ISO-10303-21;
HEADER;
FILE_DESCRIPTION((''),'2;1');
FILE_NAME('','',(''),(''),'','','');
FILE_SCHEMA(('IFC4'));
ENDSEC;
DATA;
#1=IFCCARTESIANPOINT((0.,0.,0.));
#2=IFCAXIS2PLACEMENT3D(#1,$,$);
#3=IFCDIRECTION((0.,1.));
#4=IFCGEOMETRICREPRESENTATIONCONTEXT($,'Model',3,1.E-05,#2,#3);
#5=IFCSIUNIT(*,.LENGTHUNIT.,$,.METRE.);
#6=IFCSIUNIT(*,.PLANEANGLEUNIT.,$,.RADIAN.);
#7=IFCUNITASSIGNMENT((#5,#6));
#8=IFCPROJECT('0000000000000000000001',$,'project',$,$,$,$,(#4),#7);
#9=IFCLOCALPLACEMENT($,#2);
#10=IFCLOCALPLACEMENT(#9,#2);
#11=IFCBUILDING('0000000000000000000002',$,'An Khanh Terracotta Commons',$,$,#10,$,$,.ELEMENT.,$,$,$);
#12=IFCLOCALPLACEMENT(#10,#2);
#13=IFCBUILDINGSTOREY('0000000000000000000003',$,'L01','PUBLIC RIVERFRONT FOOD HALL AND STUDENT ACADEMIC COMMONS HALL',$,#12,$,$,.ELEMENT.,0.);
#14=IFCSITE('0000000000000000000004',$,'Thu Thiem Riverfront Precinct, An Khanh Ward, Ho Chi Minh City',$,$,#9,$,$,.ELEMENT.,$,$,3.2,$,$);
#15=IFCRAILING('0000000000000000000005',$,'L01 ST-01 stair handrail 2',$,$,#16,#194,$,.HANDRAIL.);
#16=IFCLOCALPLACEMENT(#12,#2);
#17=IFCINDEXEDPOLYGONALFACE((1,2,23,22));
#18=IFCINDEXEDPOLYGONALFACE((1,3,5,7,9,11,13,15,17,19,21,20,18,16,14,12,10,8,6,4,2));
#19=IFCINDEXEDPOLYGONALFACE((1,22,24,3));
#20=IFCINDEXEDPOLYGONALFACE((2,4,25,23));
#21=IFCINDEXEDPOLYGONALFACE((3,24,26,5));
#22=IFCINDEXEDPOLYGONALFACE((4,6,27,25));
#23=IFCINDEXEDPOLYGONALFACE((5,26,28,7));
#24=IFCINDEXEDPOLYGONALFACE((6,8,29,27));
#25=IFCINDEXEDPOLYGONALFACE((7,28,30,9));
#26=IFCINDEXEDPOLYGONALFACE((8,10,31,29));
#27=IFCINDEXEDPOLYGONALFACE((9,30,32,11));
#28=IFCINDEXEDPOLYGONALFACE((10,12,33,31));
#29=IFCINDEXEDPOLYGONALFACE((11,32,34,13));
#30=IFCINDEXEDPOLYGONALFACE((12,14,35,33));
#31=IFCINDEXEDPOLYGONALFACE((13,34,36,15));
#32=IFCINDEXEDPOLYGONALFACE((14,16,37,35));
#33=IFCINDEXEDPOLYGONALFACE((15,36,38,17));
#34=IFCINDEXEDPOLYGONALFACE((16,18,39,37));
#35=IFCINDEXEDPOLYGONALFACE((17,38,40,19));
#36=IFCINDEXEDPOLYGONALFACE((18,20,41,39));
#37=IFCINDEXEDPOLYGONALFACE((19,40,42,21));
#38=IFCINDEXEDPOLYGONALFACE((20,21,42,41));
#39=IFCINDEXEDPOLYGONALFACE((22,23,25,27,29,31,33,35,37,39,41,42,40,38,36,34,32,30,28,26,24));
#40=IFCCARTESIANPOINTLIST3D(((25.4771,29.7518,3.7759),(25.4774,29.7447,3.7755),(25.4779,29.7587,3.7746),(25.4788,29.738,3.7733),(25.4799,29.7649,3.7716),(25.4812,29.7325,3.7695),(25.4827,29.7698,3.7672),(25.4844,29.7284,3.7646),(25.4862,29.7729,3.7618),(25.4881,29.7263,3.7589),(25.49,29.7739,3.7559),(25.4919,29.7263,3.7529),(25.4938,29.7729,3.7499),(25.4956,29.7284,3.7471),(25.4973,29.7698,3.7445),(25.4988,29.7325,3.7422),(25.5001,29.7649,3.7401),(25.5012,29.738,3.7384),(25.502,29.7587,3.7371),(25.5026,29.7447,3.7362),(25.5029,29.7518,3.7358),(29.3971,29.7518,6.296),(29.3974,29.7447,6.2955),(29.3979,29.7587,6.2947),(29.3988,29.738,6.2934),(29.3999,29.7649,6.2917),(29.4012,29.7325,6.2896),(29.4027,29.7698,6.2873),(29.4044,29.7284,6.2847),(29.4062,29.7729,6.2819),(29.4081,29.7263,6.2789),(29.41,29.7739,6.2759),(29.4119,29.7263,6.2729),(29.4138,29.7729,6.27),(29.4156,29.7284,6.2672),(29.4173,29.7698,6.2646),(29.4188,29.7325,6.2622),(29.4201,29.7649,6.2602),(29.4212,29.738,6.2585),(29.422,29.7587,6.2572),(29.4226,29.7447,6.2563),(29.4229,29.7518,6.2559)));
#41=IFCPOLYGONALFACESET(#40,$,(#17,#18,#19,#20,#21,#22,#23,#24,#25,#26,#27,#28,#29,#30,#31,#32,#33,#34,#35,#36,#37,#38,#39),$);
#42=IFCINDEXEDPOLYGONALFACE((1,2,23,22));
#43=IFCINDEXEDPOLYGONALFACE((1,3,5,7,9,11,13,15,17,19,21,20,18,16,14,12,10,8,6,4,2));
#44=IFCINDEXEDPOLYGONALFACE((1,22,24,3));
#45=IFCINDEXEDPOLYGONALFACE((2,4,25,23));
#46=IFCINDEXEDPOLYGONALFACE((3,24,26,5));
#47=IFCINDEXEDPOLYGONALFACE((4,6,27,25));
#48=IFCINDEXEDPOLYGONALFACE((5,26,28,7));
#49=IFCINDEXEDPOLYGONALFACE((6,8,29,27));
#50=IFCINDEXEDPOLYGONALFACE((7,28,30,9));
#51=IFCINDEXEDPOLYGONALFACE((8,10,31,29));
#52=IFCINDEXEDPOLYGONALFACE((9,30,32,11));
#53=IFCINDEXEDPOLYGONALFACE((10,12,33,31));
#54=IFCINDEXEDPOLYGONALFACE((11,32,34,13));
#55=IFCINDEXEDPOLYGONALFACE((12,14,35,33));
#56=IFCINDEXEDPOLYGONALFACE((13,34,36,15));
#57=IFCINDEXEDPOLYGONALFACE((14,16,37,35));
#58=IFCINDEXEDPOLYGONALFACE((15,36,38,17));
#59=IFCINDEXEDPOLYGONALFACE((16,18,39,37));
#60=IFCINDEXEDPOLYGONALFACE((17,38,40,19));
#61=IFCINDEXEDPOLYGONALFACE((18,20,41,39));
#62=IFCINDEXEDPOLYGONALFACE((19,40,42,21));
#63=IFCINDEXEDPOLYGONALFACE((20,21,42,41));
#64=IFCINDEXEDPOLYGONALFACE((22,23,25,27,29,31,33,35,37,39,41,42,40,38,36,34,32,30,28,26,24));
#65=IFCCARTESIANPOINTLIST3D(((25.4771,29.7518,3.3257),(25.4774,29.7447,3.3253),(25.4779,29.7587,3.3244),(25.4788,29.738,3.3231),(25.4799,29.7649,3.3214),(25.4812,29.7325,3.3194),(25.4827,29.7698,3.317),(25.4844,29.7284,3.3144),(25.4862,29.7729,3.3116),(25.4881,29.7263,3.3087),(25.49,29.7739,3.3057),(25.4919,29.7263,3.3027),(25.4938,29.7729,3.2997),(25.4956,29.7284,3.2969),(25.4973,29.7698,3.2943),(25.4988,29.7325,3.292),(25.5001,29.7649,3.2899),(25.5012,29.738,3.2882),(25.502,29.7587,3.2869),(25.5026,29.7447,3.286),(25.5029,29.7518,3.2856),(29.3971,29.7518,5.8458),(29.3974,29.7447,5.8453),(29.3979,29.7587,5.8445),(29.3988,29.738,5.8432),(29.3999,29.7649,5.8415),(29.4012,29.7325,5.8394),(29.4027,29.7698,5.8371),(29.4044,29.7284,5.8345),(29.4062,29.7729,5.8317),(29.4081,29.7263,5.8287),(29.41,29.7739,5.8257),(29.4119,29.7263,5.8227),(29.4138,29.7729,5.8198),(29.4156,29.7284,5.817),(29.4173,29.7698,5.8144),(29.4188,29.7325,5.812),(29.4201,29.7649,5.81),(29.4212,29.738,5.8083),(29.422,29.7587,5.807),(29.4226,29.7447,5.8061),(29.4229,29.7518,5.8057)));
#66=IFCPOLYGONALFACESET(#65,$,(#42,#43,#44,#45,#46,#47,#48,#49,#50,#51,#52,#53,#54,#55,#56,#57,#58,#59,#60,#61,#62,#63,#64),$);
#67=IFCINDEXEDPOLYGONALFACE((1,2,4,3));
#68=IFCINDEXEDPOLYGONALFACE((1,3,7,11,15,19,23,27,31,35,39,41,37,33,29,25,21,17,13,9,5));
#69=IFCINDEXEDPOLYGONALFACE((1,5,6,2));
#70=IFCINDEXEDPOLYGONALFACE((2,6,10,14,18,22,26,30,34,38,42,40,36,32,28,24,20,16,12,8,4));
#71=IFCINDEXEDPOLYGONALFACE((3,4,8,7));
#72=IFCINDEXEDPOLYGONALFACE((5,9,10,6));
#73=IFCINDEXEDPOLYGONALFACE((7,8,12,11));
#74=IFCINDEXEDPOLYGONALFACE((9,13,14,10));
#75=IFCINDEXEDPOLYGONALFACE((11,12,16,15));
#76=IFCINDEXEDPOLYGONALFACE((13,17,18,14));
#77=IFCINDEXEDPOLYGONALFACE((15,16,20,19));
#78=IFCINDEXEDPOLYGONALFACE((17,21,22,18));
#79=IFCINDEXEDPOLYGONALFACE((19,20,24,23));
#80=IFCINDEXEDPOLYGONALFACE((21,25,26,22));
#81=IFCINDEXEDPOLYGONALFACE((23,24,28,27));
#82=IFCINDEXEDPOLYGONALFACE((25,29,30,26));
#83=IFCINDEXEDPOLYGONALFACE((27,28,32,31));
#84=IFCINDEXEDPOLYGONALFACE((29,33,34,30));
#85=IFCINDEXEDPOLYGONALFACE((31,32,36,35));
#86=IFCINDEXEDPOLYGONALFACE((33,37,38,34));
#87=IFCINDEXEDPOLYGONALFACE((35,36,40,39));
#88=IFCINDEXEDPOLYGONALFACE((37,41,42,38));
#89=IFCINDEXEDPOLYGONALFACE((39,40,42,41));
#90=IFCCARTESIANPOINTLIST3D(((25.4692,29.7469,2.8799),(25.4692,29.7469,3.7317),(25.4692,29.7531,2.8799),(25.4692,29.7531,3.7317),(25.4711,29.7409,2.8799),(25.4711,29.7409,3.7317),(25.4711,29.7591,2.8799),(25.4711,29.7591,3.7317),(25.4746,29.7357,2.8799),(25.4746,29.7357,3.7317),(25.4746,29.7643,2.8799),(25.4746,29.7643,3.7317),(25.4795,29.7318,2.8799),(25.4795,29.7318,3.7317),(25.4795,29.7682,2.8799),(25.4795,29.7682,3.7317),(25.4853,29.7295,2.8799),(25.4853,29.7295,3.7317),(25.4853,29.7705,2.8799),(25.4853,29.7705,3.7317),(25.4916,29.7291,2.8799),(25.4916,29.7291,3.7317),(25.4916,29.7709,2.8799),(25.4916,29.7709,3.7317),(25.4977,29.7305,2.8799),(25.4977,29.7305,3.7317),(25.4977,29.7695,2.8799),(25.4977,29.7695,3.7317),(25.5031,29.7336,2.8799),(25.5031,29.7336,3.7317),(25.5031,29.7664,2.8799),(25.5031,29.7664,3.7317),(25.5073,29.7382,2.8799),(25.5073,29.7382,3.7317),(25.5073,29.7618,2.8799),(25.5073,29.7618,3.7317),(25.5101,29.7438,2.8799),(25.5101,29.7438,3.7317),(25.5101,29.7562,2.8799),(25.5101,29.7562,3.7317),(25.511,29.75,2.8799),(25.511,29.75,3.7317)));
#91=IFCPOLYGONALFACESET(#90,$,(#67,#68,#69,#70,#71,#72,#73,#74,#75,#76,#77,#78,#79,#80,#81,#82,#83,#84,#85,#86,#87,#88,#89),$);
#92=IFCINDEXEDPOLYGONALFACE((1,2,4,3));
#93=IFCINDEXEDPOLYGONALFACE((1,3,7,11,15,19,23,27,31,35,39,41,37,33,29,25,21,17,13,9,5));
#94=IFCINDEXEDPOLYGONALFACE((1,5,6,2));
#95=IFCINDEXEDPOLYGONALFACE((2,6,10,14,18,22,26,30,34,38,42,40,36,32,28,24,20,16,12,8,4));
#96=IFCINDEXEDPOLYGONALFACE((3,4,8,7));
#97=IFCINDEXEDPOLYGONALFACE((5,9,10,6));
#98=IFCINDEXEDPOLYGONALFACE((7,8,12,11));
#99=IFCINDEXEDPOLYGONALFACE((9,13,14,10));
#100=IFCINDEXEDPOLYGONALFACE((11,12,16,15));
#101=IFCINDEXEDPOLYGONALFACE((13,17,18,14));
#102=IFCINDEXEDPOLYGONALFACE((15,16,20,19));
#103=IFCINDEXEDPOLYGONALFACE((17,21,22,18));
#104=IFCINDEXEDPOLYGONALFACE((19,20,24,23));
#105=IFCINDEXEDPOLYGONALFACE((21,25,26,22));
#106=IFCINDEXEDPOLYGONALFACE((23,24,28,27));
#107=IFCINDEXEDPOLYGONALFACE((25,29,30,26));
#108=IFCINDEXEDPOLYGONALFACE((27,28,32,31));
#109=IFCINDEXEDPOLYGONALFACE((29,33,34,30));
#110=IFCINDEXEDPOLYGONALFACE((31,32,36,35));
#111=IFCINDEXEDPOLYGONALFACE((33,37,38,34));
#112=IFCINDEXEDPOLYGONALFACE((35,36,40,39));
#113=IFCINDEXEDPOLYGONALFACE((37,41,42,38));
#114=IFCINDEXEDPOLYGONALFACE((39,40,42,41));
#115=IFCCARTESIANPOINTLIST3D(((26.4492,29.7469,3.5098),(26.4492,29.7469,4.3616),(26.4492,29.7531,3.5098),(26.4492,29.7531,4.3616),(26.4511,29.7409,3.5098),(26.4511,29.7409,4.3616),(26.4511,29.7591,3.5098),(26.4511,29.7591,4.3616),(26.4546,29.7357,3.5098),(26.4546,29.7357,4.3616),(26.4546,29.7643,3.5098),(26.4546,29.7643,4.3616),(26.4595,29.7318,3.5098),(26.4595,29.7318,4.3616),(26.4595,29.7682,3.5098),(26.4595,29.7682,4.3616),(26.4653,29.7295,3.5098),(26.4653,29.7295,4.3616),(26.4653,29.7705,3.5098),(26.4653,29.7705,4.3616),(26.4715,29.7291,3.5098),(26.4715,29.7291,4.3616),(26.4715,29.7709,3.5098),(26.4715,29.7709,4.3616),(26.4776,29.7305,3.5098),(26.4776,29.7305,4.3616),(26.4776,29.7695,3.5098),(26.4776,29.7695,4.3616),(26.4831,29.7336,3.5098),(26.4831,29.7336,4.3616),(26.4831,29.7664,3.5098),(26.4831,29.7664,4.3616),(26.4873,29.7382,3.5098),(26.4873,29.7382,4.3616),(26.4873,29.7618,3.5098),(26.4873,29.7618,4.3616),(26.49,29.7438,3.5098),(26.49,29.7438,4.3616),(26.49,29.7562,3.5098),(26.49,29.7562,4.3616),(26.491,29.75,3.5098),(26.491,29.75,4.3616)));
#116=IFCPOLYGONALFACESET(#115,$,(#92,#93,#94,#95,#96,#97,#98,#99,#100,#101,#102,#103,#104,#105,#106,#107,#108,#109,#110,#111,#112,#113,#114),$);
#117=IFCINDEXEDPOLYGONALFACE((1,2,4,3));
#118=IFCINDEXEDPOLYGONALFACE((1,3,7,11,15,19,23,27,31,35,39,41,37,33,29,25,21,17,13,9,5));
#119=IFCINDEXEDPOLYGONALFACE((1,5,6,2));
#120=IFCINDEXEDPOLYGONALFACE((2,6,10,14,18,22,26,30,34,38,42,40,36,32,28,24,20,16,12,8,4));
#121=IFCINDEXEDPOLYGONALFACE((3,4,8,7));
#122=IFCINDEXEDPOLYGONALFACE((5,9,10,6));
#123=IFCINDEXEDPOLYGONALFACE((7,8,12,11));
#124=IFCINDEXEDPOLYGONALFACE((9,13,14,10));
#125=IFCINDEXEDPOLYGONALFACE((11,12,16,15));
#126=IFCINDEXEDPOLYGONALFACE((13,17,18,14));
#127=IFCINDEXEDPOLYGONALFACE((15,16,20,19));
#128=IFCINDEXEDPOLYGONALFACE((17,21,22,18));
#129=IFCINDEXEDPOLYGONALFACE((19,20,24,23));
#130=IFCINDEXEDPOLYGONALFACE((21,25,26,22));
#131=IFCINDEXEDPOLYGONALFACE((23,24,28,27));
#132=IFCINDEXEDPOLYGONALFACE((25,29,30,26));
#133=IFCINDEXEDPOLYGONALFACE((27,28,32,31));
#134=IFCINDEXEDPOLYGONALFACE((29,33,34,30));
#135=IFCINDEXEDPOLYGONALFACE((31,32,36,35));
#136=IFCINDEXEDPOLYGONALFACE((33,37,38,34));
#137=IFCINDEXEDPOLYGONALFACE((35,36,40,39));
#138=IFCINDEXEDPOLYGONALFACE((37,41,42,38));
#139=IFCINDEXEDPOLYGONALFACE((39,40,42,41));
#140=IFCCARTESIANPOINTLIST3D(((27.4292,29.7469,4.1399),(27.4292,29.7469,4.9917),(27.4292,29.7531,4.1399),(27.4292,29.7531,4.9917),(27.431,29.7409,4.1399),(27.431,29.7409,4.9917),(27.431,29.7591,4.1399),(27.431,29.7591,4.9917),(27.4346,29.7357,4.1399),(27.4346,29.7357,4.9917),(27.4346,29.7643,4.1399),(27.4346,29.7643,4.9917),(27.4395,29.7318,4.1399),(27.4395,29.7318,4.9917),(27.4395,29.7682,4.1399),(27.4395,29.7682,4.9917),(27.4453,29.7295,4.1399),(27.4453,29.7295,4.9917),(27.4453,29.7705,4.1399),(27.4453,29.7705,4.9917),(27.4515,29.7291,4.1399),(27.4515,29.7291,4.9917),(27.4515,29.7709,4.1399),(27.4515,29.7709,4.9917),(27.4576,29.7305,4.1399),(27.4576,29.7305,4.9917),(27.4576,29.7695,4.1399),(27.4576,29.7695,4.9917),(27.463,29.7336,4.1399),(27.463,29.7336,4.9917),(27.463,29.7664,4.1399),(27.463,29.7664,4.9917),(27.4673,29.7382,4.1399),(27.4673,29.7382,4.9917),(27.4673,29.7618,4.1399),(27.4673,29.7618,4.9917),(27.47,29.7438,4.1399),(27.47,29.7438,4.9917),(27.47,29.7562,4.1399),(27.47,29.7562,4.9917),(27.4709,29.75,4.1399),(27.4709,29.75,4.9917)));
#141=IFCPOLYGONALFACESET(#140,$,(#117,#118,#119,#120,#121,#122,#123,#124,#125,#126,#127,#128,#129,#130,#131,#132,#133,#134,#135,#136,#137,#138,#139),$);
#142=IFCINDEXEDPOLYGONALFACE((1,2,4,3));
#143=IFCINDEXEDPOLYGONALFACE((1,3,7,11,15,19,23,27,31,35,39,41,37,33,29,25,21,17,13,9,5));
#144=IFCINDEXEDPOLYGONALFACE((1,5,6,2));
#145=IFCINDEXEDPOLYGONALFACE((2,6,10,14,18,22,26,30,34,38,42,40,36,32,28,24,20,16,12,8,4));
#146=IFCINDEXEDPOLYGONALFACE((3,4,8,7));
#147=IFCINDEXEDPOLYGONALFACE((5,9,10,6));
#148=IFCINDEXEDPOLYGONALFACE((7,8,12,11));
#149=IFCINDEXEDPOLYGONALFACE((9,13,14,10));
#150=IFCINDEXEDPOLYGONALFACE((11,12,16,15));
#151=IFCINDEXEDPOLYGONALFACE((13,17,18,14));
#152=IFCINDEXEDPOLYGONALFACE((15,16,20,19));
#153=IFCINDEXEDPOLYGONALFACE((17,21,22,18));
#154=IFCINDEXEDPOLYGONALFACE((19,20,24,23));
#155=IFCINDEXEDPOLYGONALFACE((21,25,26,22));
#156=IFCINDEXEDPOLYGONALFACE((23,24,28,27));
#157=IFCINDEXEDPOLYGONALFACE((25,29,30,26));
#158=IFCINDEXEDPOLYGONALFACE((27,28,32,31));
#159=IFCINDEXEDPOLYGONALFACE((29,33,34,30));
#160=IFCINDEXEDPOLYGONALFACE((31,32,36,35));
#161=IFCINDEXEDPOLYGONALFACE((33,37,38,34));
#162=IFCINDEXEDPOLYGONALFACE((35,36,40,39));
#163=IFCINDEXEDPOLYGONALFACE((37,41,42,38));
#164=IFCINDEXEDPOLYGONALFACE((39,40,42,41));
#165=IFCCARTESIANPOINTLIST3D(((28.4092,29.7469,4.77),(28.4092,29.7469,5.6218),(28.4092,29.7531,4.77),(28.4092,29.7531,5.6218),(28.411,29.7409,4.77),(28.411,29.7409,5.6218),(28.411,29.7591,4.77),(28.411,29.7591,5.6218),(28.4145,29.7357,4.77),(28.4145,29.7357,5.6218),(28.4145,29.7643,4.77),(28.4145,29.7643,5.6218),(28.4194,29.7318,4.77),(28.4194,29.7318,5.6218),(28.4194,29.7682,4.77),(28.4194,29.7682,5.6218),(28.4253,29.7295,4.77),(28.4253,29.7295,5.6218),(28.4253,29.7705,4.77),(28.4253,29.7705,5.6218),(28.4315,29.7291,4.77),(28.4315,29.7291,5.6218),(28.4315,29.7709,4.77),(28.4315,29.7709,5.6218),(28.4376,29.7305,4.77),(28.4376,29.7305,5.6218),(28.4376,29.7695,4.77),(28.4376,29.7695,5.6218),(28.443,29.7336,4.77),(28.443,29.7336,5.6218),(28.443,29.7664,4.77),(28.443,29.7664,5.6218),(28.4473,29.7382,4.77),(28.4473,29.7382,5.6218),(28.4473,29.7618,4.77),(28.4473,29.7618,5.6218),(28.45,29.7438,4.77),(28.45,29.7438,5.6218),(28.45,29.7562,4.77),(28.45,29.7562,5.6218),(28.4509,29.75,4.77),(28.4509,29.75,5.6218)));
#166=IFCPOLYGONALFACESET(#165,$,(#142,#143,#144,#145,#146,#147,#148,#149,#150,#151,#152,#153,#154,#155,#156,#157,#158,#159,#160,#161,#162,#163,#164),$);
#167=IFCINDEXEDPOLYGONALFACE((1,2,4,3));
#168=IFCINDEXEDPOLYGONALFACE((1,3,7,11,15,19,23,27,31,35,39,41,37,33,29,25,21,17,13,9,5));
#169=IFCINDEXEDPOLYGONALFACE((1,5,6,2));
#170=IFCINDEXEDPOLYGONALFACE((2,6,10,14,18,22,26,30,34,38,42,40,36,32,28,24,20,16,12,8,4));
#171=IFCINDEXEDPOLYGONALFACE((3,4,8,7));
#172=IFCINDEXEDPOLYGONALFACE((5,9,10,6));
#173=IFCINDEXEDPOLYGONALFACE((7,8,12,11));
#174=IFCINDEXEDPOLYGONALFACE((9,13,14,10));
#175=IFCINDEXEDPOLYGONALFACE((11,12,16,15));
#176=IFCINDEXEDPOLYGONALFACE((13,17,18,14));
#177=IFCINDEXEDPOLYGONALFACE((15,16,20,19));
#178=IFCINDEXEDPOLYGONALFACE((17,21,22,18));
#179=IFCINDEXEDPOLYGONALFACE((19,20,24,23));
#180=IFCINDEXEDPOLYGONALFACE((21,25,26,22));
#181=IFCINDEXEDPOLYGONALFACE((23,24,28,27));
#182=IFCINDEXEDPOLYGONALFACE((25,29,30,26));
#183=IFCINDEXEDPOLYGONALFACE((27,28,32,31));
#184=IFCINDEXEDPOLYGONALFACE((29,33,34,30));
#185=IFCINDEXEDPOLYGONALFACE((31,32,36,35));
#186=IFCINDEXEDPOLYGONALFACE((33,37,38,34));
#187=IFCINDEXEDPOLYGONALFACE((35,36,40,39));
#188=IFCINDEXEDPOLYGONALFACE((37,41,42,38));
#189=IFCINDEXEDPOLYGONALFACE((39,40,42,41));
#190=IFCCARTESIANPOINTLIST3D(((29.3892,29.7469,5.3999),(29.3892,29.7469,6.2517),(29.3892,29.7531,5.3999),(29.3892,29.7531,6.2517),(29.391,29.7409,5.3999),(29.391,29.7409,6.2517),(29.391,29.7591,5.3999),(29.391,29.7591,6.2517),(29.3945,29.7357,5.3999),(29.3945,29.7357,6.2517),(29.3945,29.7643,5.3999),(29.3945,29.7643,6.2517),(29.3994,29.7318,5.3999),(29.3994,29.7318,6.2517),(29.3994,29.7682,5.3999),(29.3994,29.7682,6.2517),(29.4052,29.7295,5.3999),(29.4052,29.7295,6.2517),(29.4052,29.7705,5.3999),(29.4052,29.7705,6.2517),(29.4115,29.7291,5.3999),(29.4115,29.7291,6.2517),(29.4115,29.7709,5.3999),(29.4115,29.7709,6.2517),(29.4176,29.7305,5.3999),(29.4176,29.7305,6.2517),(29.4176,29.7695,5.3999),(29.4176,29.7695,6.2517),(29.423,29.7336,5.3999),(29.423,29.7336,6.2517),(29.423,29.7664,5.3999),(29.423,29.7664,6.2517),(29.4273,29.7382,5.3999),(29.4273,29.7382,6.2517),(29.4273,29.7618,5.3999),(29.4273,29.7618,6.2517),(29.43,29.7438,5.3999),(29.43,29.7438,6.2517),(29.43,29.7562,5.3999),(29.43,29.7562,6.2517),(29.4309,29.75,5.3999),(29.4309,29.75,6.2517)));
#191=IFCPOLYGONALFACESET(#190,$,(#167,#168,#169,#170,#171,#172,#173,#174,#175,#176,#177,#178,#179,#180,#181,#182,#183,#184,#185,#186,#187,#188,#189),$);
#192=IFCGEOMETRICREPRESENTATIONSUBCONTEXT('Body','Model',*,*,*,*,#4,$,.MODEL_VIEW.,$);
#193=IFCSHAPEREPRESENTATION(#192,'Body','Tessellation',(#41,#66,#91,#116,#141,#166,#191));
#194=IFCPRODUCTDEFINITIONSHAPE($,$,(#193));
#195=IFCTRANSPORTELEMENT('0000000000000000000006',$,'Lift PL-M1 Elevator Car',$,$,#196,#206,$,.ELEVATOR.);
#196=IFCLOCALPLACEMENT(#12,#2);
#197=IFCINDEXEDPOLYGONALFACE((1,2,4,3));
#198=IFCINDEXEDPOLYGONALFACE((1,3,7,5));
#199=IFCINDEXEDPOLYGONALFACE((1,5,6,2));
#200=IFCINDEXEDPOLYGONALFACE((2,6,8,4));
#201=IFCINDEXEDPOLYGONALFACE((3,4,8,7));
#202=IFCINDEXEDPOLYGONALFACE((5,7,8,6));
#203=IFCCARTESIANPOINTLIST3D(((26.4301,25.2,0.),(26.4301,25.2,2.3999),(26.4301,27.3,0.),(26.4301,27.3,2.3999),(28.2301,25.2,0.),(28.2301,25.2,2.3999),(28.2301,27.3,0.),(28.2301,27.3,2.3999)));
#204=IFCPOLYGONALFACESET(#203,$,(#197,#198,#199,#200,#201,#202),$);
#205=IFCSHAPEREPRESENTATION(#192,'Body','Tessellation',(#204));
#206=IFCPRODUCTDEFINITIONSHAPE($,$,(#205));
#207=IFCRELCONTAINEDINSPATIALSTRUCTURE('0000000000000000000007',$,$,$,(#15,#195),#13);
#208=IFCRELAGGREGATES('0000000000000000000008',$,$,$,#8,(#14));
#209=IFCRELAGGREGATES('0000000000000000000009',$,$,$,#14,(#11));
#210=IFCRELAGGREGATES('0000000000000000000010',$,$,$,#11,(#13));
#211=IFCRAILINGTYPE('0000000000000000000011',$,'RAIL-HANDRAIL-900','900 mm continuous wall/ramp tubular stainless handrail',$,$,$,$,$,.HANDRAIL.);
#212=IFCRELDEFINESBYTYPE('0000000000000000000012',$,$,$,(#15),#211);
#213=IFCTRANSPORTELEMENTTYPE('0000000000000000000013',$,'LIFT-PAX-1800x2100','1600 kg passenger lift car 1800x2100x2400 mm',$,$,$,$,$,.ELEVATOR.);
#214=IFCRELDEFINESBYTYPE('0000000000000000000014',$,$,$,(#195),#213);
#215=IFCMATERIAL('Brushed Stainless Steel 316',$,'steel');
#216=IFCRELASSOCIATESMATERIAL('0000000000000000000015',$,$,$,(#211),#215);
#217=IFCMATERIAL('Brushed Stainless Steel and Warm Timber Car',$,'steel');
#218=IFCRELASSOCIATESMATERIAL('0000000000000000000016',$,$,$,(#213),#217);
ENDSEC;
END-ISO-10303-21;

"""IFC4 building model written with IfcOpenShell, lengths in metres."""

from ifc_helpers import new_model, si_unit, direction, frame, origin, origin_2d, place, context, subcontext, project, spatial, rectangle, circle, extrude, material, type_object, element, save


model = new_model("IFC4")

# Units and contexts
model_context = context("Model", 3, precision=1e-05, world=origin(), true_north=direction((0.0, 1.0)))
body_context = subcontext(model_context, "Body", "Model", "MODEL_VIEW")
ifc_project = project(units=[si_unit("LENGTHUNIT", "METRE"), si_unit("PLANEANGLEUNIT", "RADIAN")], contexts=[model_context])

# Site, building, storey
site_placement = place(None, origin())
site = spatial("IfcSite", under=ifc_project, at=site_placement, Name="Thu Thiem Riverfront Precinct, An Khanh Ward, Ho Chi Minh City", CompositionType="ELEMENT", RefElevation=3.2)
building_placement = place(site_placement, origin())
building = spatial("IfcBuilding", under=site, at=building_placement, Name="An Khanh Terracotta Commons", CompositionType="ELEMENT")
storey_placement = place(building_placement, origin())
storey = spatial("IfcBuildingStorey", under=building, at=storey_placement, Name="L01", Description="PUBLIC RIVERFRONT FOOD HALL AND STUDENT ACADEMIC COMMONS HALL", CompositionType="ELEMENT", Elevation=0.0)

# Railing
ifc_material_1 = material(Name="Brushed Stainless Steel 316", Category="steel")
railing_type = type_object("IfcRailingType", Name="RAIL-HANDRAIL-900", Description="900 mm continuous wall/ramp tubular stainless handrail", PredefinedType="HANDRAIL", material=ifc_material_1)
railing_placement = place(storey_placement, frame((25.49, 29.75, 2.8799)))
element("IfcRailing", 1, at=railing_placement, inside=storey, type_object=railing_type, Name="L01 ST-01 stair handrail 2", PredefinedType="HANDRAIL", context=body_context, shape_type="SweptSolid", body=[
    extrude(circle(Radius=0.0239, at=origin_2d()), frame((0.0, 0.0, 0.876), z_axis=(0.841172, 0.0, 0.540768), x_axis=(0.0, 1.0, 0.0)), (0.0, 0.0, 1.0), 4.6602),
    extrude(circle(Radius=0.0239, at=origin_2d()), frame((0.0, 0.0, 0.4258), z_axis=(0.841172, 0.0, 0.540768), x_axis=(0.0, 1.0, 0.0)), (0.0, 0.0, 1.0), 4.6602),
    extrude(circle(Radius=0.021, at=origin_2d()), origin(), (0.0, 0.0, 1.0), 0.8518),
    extrude(circle(Radius=0.021, at=origin_2d()), frame((0.98, 0.0, 0.6299)), (0.0, 0.0, 1.0), 0.8518),
    extrude(circle(Radius=0.021, at=origin_2d()), frame((1.96, 0.0, 1.26)), (0.0, 0.0, 1.0), 0.8518),
    extrude(circle(Radius=0.021, at=origin_2d()), frame((2.9399, 0.0, 1.8901)), (0.0, 0.0, 1.0), 0.8518),
    extrude(circle(Radius=0.021, at=origin_2d()), frame((3.9199, 0.0, 2.52)), (0.0, 0.0, 1.0), 0.8518),
])

# Transport element
ifc_material_2 = material(Name="Brushed Stainless Steel and Warm Timber Car", Category="steel")
transport_element_type = type_object("IfcTransportElementType", Name="LIFT-PAX-1800x2100", Description="1600 kg passenger lift car 1800x2100x2400 mm", PredefinedType="ELEVATOR", material=ifc_material_2)
transport_element_placement = place(storey_placement, frame((27.3301, 26.25, 0.0), z_axis=(0.0, 0.0, 1.0), x_axis=(1.0, 0.0, 0.0)))
element("IfcTransportElement", 2, at=transport_element_placement, inside=storey, type_object=transport_element_type, Name="Lift PL-M1 Elevator Car", PredefinedType="ELEVATOR", context=body_context, shape_type="SweptSolid", body=[
    extrude(rectangle(XDim=1.8, YDim=2.1001, at=origin_2d()), origin(), (0.0, 0.0, 1.0), 2.3999),
])

save(model, "model.ifc")
